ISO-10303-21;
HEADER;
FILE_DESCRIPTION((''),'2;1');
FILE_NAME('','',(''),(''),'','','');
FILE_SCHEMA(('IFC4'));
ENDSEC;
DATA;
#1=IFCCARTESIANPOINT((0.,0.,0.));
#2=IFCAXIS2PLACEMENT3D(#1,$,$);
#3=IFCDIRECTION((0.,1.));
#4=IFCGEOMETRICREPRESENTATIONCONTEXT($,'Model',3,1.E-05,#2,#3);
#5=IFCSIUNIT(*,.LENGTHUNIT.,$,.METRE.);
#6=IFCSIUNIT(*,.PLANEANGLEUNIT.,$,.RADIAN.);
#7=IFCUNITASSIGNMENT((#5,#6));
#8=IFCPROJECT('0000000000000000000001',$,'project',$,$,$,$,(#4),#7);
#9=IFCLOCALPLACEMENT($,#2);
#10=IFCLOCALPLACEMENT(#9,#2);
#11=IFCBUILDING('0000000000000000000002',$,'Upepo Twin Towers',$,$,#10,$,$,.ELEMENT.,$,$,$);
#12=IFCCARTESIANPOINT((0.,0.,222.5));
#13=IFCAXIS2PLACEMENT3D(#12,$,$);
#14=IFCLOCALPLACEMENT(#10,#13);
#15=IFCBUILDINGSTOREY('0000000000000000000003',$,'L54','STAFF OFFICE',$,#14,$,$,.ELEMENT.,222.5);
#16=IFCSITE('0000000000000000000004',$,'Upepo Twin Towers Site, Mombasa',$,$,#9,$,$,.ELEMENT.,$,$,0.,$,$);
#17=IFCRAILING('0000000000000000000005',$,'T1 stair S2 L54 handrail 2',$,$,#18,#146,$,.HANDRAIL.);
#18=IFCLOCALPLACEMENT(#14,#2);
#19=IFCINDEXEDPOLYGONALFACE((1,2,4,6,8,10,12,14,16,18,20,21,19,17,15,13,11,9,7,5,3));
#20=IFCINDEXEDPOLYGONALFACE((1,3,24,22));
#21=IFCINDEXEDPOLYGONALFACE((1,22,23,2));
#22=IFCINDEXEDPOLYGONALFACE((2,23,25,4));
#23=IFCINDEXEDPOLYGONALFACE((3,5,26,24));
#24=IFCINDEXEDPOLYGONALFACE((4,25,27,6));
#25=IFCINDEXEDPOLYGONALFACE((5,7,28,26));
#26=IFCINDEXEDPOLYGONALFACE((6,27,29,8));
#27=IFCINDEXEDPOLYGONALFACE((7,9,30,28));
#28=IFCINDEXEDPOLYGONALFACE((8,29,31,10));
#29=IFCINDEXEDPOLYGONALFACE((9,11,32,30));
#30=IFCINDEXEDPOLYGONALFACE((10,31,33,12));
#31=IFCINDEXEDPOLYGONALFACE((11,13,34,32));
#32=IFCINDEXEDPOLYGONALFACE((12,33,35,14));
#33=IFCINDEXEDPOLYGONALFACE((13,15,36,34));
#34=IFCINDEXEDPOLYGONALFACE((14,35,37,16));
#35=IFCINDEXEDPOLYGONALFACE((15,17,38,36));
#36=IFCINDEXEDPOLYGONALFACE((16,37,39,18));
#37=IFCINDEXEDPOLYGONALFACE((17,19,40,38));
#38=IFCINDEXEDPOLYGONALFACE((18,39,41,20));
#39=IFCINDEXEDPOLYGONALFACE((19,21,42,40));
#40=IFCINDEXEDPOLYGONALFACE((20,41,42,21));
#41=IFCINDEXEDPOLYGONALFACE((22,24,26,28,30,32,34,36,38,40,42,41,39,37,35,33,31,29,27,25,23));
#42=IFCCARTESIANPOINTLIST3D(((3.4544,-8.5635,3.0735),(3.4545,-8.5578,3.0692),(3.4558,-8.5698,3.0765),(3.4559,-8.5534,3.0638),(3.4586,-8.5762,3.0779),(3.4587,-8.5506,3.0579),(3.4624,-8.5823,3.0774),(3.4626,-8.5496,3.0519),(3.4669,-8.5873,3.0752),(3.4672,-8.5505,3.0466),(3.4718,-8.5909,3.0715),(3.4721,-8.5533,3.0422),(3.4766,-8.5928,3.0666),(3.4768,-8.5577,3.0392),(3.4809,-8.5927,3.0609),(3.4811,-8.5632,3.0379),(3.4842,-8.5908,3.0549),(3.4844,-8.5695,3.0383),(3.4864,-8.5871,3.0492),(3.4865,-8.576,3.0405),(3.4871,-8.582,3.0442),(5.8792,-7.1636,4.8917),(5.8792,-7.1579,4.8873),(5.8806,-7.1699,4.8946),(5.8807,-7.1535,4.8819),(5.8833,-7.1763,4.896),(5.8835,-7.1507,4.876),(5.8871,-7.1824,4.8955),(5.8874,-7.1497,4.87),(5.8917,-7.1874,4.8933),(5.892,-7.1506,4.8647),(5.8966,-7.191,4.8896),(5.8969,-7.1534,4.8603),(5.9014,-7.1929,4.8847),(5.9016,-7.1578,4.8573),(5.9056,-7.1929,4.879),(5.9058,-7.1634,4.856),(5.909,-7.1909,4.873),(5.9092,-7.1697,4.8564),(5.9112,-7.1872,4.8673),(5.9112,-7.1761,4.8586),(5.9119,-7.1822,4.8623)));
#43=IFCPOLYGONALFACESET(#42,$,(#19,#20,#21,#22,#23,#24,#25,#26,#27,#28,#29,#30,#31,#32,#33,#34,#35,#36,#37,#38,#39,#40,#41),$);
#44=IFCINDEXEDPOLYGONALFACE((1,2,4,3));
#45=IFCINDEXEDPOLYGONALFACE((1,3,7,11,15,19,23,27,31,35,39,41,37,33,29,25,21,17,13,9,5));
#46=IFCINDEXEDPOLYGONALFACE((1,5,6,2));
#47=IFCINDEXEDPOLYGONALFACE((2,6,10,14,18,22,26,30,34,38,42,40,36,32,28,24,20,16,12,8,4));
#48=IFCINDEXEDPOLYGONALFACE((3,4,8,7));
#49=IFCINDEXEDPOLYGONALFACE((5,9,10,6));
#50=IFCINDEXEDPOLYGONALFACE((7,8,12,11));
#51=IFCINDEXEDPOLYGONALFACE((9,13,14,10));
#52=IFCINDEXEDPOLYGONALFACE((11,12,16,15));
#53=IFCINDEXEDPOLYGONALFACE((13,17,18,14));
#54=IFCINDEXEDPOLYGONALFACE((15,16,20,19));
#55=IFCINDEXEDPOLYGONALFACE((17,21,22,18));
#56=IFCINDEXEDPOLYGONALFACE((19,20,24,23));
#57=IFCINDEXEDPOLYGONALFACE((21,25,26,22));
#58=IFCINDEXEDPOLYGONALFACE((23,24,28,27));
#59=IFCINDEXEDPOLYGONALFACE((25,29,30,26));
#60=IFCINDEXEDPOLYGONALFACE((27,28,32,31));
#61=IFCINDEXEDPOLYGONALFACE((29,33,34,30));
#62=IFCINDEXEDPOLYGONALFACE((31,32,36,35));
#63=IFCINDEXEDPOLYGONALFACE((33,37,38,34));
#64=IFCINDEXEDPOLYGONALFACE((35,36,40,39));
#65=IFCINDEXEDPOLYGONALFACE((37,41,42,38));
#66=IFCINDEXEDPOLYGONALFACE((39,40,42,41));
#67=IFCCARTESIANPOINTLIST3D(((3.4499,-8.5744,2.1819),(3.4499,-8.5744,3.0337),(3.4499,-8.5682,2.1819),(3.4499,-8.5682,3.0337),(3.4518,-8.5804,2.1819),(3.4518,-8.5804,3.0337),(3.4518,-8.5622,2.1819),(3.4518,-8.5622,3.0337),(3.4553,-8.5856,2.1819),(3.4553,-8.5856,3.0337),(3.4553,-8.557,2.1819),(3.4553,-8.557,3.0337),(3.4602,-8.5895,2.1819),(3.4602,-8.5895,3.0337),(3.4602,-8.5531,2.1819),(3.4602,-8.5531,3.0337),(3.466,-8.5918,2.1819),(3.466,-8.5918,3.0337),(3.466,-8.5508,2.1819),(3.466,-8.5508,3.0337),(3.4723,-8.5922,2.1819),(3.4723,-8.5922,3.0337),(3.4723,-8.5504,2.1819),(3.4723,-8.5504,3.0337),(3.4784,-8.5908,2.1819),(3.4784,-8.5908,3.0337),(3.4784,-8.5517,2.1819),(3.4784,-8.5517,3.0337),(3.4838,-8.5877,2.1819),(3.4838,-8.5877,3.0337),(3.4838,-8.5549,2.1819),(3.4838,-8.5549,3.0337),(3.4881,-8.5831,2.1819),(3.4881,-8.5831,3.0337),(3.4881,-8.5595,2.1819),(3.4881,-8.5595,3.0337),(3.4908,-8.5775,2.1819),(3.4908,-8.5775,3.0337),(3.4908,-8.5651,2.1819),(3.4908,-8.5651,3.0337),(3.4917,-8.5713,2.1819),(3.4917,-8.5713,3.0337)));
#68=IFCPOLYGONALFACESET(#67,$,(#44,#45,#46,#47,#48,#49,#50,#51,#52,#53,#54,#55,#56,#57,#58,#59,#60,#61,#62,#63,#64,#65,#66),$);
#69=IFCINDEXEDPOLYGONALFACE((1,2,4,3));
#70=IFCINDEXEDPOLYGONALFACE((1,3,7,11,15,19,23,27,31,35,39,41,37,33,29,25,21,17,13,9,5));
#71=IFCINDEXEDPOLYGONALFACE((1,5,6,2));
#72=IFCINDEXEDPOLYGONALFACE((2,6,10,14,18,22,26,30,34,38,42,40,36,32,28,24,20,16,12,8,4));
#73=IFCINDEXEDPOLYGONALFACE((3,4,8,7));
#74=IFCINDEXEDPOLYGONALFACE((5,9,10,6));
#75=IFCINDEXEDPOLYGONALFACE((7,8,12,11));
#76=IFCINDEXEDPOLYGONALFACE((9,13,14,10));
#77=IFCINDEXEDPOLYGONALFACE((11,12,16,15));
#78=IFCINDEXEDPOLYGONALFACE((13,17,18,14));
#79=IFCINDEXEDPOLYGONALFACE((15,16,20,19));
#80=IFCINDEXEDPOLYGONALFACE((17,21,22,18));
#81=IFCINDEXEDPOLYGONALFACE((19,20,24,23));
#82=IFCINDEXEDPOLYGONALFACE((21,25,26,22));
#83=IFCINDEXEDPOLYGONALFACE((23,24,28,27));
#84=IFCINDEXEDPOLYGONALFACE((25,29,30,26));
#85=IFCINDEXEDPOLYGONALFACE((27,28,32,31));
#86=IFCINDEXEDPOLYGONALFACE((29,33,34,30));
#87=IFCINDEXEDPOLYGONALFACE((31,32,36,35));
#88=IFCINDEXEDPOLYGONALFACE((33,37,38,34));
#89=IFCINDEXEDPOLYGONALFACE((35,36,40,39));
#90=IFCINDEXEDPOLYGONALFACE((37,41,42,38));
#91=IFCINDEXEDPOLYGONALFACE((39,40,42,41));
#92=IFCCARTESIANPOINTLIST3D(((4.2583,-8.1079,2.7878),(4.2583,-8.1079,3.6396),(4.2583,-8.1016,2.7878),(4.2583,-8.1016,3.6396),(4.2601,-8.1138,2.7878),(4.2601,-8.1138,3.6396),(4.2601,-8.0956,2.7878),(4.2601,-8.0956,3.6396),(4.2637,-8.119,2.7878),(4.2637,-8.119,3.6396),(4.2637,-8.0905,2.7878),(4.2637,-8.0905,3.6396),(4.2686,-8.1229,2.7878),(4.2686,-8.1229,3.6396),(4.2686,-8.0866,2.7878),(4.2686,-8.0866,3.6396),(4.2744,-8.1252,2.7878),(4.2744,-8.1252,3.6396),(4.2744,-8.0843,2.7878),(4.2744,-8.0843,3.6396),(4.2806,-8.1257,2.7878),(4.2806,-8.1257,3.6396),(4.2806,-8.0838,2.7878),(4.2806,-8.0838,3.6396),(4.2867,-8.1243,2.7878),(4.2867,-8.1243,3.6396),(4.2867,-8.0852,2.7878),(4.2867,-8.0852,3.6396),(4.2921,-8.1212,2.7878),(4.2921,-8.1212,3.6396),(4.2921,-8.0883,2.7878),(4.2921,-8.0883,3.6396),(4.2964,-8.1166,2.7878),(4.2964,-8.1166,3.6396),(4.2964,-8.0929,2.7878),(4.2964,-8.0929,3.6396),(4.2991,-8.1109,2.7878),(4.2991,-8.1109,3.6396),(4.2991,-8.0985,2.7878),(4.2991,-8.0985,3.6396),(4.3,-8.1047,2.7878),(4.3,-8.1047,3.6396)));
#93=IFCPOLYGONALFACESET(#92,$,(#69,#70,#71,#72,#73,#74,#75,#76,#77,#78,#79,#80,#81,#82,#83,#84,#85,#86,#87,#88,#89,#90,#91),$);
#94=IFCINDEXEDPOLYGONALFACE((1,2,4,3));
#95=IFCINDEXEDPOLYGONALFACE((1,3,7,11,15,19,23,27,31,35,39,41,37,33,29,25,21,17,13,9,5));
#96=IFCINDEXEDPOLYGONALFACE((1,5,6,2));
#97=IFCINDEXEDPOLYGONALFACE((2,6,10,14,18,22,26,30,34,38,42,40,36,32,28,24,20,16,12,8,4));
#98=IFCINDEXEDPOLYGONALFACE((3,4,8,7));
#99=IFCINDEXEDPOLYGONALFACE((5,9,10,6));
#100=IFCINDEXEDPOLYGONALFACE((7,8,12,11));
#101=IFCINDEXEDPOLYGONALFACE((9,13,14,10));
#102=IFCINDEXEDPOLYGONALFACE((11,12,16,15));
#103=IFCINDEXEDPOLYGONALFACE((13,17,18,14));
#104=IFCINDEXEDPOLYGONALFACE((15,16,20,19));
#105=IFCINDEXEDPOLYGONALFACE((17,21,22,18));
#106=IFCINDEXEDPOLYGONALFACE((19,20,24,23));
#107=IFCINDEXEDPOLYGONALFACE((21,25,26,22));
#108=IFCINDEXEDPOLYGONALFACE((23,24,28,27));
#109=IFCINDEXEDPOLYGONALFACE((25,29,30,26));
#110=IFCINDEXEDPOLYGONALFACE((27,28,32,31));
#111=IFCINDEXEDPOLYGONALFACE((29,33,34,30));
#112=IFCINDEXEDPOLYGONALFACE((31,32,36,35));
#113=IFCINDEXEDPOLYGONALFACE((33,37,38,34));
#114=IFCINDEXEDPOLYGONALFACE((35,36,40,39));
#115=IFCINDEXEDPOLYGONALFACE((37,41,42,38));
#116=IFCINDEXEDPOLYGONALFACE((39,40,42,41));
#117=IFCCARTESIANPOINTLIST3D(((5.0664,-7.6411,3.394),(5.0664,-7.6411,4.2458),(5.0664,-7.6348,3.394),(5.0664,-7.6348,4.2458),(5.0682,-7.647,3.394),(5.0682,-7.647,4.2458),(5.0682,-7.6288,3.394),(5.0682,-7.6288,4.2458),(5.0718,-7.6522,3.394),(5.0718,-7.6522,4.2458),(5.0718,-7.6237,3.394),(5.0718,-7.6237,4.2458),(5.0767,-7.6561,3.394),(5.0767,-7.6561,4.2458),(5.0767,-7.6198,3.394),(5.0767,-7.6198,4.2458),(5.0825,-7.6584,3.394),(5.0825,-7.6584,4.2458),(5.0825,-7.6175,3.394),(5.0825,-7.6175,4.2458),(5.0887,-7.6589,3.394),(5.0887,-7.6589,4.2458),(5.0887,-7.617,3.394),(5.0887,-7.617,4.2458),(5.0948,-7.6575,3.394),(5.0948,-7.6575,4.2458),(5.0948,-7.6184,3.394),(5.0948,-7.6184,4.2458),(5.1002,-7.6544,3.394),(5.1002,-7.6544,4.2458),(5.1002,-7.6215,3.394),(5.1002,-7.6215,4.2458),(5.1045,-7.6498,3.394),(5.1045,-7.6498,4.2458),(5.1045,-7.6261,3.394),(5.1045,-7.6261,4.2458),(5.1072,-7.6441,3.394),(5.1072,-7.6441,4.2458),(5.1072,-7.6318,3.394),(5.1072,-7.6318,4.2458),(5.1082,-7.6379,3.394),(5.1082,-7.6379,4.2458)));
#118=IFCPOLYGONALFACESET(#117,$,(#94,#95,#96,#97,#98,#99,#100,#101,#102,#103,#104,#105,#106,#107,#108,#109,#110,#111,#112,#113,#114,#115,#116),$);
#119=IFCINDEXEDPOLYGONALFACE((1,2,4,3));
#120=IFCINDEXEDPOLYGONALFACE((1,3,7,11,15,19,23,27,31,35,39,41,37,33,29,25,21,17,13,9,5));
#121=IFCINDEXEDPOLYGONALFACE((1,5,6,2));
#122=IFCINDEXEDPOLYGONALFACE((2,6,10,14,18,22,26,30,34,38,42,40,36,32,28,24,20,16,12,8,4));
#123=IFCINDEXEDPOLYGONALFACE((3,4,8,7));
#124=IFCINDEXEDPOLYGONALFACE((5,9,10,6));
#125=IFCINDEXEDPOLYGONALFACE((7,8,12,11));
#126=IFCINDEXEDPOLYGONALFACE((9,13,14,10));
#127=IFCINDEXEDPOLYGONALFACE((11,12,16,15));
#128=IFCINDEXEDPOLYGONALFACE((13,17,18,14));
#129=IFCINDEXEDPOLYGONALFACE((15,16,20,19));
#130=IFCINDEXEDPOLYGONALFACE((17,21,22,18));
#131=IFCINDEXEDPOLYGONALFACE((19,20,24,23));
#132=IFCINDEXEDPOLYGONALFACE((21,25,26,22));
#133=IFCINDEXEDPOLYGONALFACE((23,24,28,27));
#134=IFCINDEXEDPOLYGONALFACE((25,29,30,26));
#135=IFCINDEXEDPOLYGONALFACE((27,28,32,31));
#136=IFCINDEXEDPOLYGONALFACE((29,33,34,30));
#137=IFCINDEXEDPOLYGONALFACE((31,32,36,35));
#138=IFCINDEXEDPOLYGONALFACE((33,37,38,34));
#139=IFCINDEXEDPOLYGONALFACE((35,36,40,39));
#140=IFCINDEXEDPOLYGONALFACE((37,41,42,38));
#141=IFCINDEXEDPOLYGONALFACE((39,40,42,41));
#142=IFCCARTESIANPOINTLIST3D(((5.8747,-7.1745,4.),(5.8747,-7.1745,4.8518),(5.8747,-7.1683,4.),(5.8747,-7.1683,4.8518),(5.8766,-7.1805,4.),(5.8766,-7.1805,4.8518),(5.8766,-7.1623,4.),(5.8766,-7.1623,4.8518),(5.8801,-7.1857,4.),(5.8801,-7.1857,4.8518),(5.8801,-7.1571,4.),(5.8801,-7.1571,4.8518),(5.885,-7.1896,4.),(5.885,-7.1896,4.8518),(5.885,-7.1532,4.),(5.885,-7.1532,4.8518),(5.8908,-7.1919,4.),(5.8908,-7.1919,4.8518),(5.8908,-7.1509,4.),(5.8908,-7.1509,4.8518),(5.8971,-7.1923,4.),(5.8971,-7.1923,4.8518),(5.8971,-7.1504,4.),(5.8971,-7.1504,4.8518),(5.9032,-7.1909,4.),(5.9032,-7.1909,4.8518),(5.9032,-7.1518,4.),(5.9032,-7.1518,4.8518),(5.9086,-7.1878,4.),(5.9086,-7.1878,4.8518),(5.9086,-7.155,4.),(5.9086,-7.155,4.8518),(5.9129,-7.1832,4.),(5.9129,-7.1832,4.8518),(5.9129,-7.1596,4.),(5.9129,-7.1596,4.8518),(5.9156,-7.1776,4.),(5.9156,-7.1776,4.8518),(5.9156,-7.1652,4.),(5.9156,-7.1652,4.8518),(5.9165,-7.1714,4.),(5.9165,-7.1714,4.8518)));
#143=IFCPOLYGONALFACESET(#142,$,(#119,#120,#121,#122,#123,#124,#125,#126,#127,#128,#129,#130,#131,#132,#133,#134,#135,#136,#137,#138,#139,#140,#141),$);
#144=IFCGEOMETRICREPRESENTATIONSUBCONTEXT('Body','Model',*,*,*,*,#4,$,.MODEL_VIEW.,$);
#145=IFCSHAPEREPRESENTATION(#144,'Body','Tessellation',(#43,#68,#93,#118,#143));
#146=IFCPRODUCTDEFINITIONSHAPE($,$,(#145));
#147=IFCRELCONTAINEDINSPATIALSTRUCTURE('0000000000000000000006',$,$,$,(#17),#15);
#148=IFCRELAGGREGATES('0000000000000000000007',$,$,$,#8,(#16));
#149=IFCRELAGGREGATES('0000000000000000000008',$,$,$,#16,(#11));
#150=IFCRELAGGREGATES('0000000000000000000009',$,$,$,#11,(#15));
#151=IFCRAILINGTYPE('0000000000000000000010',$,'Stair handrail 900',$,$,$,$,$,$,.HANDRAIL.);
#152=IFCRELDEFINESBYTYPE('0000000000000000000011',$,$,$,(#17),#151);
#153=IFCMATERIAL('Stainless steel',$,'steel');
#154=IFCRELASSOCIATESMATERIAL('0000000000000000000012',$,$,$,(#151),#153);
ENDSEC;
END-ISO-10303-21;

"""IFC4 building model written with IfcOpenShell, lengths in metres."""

from ifc_helpers import new_model, si_unit, direction, frame, origin, origin_2d, place, context, subcontext, project, spatial, circle, extrude, material, type_object, element, save


model = new_model("IFC4")

# Units and contexts
model_context = context("Model", 3, precision=1e-05, world=origin(), true_north=direction((0.0, 1.0)))
body_context = subcontext(model_context, "Body", "Model", "MODEL_VIEW")
ifc_project = project(units=[si_unit("LENGTHUNIT", "METRE"), si_unit("PLANEANGLEUNIT", "RADIAN")], contexts=[model_context])

# Site, building, storey
site_placement = place(None, origin())
site = spatial("IfcSite", under=ifc_project, at=site_placement, Name="Upepo Twin Towers Site, Mombasa", CompositionType="ELEMENT", RefElevation=0.0)
building_placement = place(site_placement, origin())
building = spatial("IfcBuilding", under=site, at=building_placement, Name="Upepo Twin Towers", CompositionType="ELEMENT")
storey_placement = place(building_placement, frame((0.0, 0.0, 222.5)))
storey = spatial("IfcBuildingStorey", under=building, at=storey_placement, Name="L54", Description="STAFF OFFICE", CompositionType="ELEMENT", Elevation=222.5)

# Railing
ifc_material_1 = material(Name="Stainless steel", Category="steel")
railing_type = type_object("IfcRailingType", Name="Stair handrail 900", PredefinedType="HANDRAIL", material=ifc_material_1)
railing_1_placement = place(storey_placement, frame((3.4707, -8.5713, 2.1819)))
element("IfcRailing", 1, at=railing_1_placement, inside=storey, type_object=railing_type, Name="T1 stair S2 L54 handrail 2", PredefinedType="HANDRAIL", context=body_context, shape_type="SweptSolid", body=[
    extrude(circle(Radius=0.0239, at=origin_2d()), frame((0.0, 0.0, 0.876), z_axis=(0.726336, 0.419333, 0.544606), x_axis=(-0.499984, 0.866035, 0.0)), (0.0, 0.0, 1.0), 3.3384),
    extrude(circle(Radius=0.021, at=origin_2d()), origin(), (0.0, 0.0, 1.0), 0.8518),
    extrude(circle(Radius=0.021, at=origin_2d()), frame((0.8083, 0.4666, 0.606)), (0.0, 0.0, 1.0), 0.8518),
    extrude(circle(Radius=0.021, at=origin_2d()), frame((1.6165, 0.9333, 1.2122)), (0.0, 0.0, 1.0), 0.8518),
    extrude(circle(Radius=0.021, at=origin_2d()), frame((2.4248, 1.3999, 1.8181)), (0.0, 0.0, 1.0), 0.8518),
])

save(model, "model.ifc")
